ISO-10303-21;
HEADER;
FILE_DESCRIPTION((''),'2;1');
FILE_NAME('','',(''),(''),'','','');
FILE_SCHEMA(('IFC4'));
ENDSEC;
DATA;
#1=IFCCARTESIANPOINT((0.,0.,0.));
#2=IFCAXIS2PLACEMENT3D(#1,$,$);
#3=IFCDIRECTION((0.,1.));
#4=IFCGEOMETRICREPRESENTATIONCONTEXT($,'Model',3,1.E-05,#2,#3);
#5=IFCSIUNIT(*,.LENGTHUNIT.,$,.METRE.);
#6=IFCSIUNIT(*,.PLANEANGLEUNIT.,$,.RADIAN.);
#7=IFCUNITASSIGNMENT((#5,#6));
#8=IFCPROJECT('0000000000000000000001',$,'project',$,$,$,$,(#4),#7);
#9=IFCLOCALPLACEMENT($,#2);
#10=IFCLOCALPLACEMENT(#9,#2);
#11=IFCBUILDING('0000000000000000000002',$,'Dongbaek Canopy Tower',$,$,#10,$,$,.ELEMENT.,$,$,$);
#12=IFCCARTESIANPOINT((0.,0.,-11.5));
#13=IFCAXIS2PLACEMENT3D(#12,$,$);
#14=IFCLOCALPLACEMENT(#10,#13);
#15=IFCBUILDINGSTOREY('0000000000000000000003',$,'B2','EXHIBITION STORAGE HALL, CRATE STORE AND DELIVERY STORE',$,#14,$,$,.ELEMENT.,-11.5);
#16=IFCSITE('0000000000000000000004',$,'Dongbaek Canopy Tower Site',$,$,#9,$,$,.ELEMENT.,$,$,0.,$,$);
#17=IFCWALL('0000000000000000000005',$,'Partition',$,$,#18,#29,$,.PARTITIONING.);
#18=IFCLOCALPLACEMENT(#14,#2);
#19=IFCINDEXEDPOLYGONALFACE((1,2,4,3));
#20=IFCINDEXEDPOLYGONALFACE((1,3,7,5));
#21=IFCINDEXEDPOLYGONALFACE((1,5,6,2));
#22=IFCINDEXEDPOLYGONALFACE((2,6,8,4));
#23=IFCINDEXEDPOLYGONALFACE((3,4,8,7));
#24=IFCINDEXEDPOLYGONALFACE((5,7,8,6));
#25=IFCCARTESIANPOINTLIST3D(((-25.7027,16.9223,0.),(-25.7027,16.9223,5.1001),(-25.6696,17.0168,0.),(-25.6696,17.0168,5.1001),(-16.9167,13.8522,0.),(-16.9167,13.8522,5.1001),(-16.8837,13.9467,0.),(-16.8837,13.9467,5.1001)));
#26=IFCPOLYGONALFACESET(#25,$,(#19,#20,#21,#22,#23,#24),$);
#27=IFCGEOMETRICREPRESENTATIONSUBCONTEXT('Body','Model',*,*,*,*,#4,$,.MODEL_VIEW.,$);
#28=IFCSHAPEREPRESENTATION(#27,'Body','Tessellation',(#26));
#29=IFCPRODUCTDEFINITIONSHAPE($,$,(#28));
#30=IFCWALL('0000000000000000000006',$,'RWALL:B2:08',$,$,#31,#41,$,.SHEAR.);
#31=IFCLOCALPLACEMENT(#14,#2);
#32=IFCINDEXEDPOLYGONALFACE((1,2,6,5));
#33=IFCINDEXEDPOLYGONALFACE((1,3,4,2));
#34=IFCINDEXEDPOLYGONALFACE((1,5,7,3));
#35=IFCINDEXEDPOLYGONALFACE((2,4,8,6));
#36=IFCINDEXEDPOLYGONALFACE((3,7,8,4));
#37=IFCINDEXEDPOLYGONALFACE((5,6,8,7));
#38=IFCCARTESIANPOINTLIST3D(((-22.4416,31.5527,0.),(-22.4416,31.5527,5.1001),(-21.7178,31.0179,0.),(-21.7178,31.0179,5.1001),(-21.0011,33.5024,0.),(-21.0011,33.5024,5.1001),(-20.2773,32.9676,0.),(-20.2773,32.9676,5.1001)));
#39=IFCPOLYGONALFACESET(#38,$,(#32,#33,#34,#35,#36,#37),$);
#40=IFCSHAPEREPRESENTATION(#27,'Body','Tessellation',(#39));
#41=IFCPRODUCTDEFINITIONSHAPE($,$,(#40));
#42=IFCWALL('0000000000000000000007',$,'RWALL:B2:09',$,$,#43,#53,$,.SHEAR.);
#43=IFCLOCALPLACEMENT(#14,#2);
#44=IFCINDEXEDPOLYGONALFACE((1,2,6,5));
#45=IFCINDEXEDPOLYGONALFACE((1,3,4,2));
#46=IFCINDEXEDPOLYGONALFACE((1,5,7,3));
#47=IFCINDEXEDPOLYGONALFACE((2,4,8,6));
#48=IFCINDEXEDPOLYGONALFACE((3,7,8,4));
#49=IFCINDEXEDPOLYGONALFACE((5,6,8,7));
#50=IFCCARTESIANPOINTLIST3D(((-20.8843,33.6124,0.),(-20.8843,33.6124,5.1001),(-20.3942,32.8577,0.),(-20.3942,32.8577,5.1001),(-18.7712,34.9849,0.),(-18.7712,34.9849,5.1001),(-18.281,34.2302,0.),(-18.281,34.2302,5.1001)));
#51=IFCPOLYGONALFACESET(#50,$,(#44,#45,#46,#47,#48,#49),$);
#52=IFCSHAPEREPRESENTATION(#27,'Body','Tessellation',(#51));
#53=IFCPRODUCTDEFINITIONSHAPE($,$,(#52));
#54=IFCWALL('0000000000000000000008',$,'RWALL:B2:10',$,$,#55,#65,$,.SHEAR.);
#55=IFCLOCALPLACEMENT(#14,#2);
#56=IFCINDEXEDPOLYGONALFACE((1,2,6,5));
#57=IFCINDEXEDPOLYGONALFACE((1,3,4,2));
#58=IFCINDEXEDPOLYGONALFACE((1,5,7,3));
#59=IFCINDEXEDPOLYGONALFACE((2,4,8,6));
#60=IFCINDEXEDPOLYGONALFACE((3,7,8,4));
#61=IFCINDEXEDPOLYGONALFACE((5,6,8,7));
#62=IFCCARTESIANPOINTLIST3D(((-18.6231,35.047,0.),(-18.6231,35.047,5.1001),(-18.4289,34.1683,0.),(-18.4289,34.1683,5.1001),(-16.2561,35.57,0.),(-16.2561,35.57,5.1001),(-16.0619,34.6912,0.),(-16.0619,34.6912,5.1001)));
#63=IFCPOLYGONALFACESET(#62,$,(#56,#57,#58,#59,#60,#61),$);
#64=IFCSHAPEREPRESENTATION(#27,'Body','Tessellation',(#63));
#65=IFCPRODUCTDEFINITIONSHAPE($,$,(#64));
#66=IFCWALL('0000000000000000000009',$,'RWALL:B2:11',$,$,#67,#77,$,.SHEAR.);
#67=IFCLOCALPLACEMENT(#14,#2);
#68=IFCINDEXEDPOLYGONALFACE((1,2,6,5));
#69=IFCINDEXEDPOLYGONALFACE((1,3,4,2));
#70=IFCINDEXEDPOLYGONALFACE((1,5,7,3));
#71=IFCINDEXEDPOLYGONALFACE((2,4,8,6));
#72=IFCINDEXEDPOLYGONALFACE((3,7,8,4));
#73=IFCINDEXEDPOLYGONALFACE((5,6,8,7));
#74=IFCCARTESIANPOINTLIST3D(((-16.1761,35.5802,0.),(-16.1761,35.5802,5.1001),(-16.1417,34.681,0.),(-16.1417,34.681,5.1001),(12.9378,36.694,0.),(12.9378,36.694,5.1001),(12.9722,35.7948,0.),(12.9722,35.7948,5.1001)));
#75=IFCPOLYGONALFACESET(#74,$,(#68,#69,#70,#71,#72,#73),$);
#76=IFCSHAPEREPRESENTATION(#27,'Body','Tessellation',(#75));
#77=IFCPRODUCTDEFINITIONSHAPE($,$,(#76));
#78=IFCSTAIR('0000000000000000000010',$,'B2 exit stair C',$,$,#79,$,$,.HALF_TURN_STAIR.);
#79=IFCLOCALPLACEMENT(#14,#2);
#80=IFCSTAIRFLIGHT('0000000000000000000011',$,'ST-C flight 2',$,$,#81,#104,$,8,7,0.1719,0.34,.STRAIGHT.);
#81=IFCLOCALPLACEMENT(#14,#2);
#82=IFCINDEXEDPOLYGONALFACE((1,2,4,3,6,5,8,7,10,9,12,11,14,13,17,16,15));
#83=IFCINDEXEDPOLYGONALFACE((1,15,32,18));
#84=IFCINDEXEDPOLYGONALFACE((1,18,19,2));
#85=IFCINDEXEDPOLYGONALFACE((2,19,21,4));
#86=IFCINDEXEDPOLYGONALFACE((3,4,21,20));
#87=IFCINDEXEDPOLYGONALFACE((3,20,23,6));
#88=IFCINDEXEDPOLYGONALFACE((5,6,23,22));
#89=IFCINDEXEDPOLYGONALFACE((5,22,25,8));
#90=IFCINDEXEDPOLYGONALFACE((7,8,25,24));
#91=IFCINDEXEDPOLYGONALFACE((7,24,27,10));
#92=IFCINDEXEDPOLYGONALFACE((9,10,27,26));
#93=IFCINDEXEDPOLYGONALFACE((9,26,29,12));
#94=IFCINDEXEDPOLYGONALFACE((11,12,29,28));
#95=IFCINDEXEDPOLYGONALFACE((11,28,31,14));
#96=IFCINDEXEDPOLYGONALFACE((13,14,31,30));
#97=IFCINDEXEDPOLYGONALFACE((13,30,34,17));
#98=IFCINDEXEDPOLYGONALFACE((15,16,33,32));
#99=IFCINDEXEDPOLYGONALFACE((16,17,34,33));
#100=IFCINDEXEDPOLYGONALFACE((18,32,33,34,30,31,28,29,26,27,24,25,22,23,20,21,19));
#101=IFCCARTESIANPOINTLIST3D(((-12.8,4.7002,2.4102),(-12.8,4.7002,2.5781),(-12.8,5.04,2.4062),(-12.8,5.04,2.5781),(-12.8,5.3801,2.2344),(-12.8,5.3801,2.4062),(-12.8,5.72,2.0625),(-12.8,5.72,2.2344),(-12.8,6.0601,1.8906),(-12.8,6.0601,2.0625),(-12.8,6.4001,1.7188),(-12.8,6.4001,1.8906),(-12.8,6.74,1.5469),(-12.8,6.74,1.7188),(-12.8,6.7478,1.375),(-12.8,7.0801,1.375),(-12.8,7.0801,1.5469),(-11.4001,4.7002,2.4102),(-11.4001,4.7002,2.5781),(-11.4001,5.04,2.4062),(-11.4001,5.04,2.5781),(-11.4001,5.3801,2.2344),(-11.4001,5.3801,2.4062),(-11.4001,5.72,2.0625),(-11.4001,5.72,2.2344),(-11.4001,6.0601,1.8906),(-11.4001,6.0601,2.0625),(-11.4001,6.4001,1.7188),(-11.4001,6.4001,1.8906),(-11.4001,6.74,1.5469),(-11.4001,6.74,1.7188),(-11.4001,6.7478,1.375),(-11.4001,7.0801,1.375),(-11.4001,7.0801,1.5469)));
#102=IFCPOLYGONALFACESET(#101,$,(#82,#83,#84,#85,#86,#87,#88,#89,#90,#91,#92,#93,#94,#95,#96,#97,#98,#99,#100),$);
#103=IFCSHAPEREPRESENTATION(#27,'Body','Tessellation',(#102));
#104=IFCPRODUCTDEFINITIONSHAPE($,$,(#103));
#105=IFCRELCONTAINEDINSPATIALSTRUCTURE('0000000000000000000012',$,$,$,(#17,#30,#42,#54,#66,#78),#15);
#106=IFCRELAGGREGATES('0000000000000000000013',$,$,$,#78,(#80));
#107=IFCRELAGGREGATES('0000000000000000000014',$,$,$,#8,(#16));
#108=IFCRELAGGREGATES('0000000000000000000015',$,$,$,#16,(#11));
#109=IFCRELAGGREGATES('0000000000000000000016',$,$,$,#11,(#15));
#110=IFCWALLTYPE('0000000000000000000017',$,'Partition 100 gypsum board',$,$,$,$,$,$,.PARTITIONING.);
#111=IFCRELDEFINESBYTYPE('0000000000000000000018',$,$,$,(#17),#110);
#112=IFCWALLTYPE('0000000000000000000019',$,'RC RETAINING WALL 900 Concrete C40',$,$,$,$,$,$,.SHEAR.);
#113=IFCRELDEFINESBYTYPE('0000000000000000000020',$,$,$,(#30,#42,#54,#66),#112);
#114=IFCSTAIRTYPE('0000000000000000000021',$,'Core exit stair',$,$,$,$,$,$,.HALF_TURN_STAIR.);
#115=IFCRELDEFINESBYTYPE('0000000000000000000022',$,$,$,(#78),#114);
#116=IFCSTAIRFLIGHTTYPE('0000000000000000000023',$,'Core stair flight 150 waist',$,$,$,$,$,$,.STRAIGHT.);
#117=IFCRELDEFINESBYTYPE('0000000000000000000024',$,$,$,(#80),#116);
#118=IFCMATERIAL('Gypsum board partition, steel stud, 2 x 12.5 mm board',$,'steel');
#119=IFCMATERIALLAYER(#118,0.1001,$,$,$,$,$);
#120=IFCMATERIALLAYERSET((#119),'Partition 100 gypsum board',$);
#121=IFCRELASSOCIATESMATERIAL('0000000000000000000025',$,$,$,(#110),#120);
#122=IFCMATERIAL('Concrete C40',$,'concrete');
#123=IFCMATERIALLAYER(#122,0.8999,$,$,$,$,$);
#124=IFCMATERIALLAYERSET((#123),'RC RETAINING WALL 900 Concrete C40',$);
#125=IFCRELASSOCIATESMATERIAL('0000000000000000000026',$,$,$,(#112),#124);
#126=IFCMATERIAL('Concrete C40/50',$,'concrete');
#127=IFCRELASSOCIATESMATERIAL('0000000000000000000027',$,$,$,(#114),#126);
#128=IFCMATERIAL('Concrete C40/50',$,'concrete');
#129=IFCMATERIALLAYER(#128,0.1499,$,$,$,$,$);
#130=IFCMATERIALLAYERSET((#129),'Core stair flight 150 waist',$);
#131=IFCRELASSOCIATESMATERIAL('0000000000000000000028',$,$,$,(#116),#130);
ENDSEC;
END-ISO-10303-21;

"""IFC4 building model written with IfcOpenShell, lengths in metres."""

from ifc_helpers import new_model, si_unit, direction, frame, frame_2d, origin, place, context, subcontext, project, spatial, polyline, rectangle, outline, extrude, material, layer, layer_set, type_object, element, aggregate, save


model = new_model("IFC4")

# Units and contexts
model_context = context("Model", 3, precision=1e-05, world=origin(), true_north=direction((0.0, 1.0)))
body_context = subcontext(model_context, "Body", "Model", "MODEL_VIEW")
ifc_project = project(units=[si_unit("LENGTHUNIT", "METRE"), si_unit("PLANEANGLEUNIT", "RADIAN")], contexts=[model_context])

# Site, building, storey
site_placement = place(None, origin())
site = spatial("IfcSite", under=ifc_project, at=site_placement, Name="Dongbaek Canopy Tower Site", CompositionType="ELEMENT", RefElevation=0.0)
building_placement = place(site_placement, origin())
building = spatial("IfcBuilding", under=site, at=building_placement, Name="Dongbaek Canopy Tower", CompositionType="ELEMENT")
storey_placement = place(building_placement, frame((0.0, 0.0, -11.5)))
storey = spatial("IfcBuildingStorey", under=building, at=storey_placement, Name="B2", Description="EXHIBITION STORAGE HALL, CRATE STORE AND DELIVERY STORE", CompositionType="ELEMENT", Elevation=-11.5)

# Walls
ifc_material_1 = material(Name="Gypsum board partition, steel stud, 2 x 12.5 mm board", Category="steel")
ifc_layer_1 = layer(ifc_material_1, 0.1001)
ifc_layer_set_1 = layer_set([ifc_layer_1], Name="Partition 100 gypsum board")
wall_type_1 = type_object("IfcWallType", Name="Partition 100 gypsum board", PredefinedType="PARTITIONING", material=ifc_layer_set_1)
wall_1_placement = place(storey_placement, frame((-25.686, 16.9695, 0.0), z_axis=(0.0, 0.0, 1.0), x_axis=(0.944026, -0.329872, 0.0)))
element("IfcWall", 1, at=wall_1_placement, inside=storey, type_object=wall_type_1, Name="Partition", PredefinedType="PARTITIONING", context=body_context, shape_type="SweptSolid", body=[
    extrude(rectangle(XDim=9.3069, YDim=0.1001, at=frame_2d((4.6533, 0.0))), origin(), (0.0, 0.0, 1.0), 5.1001),
])
ifc_material_2 = material(Name="Concrete C40", Category="concrete")
ifc_layer_2 = layer(ifc_material_2, 0.8999)
ifc_layer_set_2 = layer_set([ifc_layer_2], Name="RC RETAINING WALL 900 Concrete C40")
wall_type_2 = type_object("IfcWallType", Name="RC RETAINING WALL 900 Concrete C40", PredefinedType="SHEAR", material=ifc_layer_set_2)
wall_2_placement = place(storey_placement, frame((-22.0796, 31.2854, 0.0), z_axis=(0.0, 0.0, 1.0), x_axis=(0.594215, 0.804306, 0.0)))
element("IfcWall", 2, at=wall_2_placement, inside=storey, type_object=wall_type_2, Name="RWALL:B2:08", PredefinedType="SHEAR", context=body_context, shape_type="SweptSolid", body=[
    extrude(rectangle(XDim=2.4241, YDim=0.8999, at=frame_2d((1.2119, 0.0))), origin(), (0.0, 0.0, 1.0), 5.1001),
])
wall_3_placement = place(storey_placement, frame((-20.6392, 33.2351, 0.0), z_axis=(0.0, 0.0, 1.0), x_axis=(0.838638, 0.544689, 0.0)))
element("IfcWall", 3, at=wall_3_placement, inside=storey, type_object=wall_type_2, Name="RWALL:B2:09", PredefinedType="SHEAR", context=body_context, shape_type="SweptSolid", body=[
    extrude(rectangle(XDim=2.5198, YDim=0.8999, at=frame_2d((1.2598, 0.0))), origin(), (0.0, 0.0, 1.0), 5.1001),
])
wall_4_placement = place(storey_placement, frame((-18.5259, 34.6077, 0.0), z_axis=(0.0, 0.0, 1.0), x_axis=(0.976452, 0.215736, 0.0)))
element("IfcWall", 4, at=wall_4_placement, inside=storey, type_object=wall_type_2, Name="RWALL:B2:10", PredefinedType="SHEAR", context=body_context, shape_type="SweptSolid", body=[
    extrude(rectangle(XDim=2.4241, YDim=0.8999, at=frame_2d((1.2119, 0.0))), origin(), (0.0, 0.0, 1.0), 5.1001),
])
wall_5_placement = place(storey_placement, frame((-16.1589, 35.1306, 0.0), z_axis=(0.0, 0.0, 1.0), x_axis=(0.999269, 0.038227, 0.0)))
element("IfcWall", 5, at=wall_5_placement, inside=storey, type_object=wall_type_2, Name="RWALL:B2:11", PredefinedType="SHEAR", context=body_context, shape_type="SweptSolid", body=[
    extrude(rectangle(XDim=29.1353, YDim=0.8999, at=frame_2d((14.5676, 0.0))), origin(), (0.0, 0.0, 1.0), 5.1001),
])

# Stair, stair flight
ifc_material_3 = material(Name="Concrete C40/50", Category="concrete")
stair_type = type_object("IfcStairType", Name="Core exit stair", PredefinedType="HALF_TURN_STAIR", material=ifc_material_3)
stair_placement = place(storey_placement, origin())
stair = element("IfcStair", 6, at=stair_placement, inside=storey, type_object=stair_type, Name="B2 exit stair C", PredefinedType="HALF_TURN_STAIR")
ifc_material_4 = material(Name="Concrete C40/50", Category="concrete")
ifc_layer_3 = layer(ifc_material_4, 0.1499)
ifc_layer_set_3 = layer_set([ifc_layer_3], Name="Core stair flight 150 waist")
stair_flight_type = type_object("IfcStairFlightType", Name="Core stair flight 150 waist", PredefinedType="STRAIGHT", material=ifc_layer_set_3)
stair_flight_placement = place(storey_placement, frame((-12.1001, 7.0801, 1.375), z_axis=(0.0, 0.0, 1.0), x_axis=(0.0, -1.0, 0.0)))
stair_flight = element("IfcStairFlight", 7, at=stair_flight_placement, type_object=stair_flight_type, Name="ST-C flight 2", NumberOfRisers=8, NumberOfTreads=7, PredefinedType="STRAIGHT", RiserHeight=0.1719, TreadLength=0.34, context=body_context, shape_type="SweptSolid", body=[
    extrude(outline(polyline([(0.0, 0.0), (0.0, 0.1719), (0.3401, 0.1719), (0.3401, 0.3438), (0.6799, 0.3438), (0.6799, 0.5156), (1.02, 0.5156), (1.02, 0.6875), (1.3601, 0.6875), (1.3601, 0.8594), (1.7, 0.8594), (1.7, 1.0312), (2.04, 1.0312), (2.04, 1.2031), (2.3799, 1.2031), (2.3799, 1.375), (2.3799, 1.0352), (0.3323, 0.0), (0.0, 0.0)])), frame((0.0, 0.7, 0.0), z_axis=(0.0, -1.0, 0.0), x_axis=(1.0, 0.0, 0.0)), (0.0, 0.0, 1.0), 1.3999),
])
aggregate(stair, [stair_flight])

save(model, "model.ifc")
